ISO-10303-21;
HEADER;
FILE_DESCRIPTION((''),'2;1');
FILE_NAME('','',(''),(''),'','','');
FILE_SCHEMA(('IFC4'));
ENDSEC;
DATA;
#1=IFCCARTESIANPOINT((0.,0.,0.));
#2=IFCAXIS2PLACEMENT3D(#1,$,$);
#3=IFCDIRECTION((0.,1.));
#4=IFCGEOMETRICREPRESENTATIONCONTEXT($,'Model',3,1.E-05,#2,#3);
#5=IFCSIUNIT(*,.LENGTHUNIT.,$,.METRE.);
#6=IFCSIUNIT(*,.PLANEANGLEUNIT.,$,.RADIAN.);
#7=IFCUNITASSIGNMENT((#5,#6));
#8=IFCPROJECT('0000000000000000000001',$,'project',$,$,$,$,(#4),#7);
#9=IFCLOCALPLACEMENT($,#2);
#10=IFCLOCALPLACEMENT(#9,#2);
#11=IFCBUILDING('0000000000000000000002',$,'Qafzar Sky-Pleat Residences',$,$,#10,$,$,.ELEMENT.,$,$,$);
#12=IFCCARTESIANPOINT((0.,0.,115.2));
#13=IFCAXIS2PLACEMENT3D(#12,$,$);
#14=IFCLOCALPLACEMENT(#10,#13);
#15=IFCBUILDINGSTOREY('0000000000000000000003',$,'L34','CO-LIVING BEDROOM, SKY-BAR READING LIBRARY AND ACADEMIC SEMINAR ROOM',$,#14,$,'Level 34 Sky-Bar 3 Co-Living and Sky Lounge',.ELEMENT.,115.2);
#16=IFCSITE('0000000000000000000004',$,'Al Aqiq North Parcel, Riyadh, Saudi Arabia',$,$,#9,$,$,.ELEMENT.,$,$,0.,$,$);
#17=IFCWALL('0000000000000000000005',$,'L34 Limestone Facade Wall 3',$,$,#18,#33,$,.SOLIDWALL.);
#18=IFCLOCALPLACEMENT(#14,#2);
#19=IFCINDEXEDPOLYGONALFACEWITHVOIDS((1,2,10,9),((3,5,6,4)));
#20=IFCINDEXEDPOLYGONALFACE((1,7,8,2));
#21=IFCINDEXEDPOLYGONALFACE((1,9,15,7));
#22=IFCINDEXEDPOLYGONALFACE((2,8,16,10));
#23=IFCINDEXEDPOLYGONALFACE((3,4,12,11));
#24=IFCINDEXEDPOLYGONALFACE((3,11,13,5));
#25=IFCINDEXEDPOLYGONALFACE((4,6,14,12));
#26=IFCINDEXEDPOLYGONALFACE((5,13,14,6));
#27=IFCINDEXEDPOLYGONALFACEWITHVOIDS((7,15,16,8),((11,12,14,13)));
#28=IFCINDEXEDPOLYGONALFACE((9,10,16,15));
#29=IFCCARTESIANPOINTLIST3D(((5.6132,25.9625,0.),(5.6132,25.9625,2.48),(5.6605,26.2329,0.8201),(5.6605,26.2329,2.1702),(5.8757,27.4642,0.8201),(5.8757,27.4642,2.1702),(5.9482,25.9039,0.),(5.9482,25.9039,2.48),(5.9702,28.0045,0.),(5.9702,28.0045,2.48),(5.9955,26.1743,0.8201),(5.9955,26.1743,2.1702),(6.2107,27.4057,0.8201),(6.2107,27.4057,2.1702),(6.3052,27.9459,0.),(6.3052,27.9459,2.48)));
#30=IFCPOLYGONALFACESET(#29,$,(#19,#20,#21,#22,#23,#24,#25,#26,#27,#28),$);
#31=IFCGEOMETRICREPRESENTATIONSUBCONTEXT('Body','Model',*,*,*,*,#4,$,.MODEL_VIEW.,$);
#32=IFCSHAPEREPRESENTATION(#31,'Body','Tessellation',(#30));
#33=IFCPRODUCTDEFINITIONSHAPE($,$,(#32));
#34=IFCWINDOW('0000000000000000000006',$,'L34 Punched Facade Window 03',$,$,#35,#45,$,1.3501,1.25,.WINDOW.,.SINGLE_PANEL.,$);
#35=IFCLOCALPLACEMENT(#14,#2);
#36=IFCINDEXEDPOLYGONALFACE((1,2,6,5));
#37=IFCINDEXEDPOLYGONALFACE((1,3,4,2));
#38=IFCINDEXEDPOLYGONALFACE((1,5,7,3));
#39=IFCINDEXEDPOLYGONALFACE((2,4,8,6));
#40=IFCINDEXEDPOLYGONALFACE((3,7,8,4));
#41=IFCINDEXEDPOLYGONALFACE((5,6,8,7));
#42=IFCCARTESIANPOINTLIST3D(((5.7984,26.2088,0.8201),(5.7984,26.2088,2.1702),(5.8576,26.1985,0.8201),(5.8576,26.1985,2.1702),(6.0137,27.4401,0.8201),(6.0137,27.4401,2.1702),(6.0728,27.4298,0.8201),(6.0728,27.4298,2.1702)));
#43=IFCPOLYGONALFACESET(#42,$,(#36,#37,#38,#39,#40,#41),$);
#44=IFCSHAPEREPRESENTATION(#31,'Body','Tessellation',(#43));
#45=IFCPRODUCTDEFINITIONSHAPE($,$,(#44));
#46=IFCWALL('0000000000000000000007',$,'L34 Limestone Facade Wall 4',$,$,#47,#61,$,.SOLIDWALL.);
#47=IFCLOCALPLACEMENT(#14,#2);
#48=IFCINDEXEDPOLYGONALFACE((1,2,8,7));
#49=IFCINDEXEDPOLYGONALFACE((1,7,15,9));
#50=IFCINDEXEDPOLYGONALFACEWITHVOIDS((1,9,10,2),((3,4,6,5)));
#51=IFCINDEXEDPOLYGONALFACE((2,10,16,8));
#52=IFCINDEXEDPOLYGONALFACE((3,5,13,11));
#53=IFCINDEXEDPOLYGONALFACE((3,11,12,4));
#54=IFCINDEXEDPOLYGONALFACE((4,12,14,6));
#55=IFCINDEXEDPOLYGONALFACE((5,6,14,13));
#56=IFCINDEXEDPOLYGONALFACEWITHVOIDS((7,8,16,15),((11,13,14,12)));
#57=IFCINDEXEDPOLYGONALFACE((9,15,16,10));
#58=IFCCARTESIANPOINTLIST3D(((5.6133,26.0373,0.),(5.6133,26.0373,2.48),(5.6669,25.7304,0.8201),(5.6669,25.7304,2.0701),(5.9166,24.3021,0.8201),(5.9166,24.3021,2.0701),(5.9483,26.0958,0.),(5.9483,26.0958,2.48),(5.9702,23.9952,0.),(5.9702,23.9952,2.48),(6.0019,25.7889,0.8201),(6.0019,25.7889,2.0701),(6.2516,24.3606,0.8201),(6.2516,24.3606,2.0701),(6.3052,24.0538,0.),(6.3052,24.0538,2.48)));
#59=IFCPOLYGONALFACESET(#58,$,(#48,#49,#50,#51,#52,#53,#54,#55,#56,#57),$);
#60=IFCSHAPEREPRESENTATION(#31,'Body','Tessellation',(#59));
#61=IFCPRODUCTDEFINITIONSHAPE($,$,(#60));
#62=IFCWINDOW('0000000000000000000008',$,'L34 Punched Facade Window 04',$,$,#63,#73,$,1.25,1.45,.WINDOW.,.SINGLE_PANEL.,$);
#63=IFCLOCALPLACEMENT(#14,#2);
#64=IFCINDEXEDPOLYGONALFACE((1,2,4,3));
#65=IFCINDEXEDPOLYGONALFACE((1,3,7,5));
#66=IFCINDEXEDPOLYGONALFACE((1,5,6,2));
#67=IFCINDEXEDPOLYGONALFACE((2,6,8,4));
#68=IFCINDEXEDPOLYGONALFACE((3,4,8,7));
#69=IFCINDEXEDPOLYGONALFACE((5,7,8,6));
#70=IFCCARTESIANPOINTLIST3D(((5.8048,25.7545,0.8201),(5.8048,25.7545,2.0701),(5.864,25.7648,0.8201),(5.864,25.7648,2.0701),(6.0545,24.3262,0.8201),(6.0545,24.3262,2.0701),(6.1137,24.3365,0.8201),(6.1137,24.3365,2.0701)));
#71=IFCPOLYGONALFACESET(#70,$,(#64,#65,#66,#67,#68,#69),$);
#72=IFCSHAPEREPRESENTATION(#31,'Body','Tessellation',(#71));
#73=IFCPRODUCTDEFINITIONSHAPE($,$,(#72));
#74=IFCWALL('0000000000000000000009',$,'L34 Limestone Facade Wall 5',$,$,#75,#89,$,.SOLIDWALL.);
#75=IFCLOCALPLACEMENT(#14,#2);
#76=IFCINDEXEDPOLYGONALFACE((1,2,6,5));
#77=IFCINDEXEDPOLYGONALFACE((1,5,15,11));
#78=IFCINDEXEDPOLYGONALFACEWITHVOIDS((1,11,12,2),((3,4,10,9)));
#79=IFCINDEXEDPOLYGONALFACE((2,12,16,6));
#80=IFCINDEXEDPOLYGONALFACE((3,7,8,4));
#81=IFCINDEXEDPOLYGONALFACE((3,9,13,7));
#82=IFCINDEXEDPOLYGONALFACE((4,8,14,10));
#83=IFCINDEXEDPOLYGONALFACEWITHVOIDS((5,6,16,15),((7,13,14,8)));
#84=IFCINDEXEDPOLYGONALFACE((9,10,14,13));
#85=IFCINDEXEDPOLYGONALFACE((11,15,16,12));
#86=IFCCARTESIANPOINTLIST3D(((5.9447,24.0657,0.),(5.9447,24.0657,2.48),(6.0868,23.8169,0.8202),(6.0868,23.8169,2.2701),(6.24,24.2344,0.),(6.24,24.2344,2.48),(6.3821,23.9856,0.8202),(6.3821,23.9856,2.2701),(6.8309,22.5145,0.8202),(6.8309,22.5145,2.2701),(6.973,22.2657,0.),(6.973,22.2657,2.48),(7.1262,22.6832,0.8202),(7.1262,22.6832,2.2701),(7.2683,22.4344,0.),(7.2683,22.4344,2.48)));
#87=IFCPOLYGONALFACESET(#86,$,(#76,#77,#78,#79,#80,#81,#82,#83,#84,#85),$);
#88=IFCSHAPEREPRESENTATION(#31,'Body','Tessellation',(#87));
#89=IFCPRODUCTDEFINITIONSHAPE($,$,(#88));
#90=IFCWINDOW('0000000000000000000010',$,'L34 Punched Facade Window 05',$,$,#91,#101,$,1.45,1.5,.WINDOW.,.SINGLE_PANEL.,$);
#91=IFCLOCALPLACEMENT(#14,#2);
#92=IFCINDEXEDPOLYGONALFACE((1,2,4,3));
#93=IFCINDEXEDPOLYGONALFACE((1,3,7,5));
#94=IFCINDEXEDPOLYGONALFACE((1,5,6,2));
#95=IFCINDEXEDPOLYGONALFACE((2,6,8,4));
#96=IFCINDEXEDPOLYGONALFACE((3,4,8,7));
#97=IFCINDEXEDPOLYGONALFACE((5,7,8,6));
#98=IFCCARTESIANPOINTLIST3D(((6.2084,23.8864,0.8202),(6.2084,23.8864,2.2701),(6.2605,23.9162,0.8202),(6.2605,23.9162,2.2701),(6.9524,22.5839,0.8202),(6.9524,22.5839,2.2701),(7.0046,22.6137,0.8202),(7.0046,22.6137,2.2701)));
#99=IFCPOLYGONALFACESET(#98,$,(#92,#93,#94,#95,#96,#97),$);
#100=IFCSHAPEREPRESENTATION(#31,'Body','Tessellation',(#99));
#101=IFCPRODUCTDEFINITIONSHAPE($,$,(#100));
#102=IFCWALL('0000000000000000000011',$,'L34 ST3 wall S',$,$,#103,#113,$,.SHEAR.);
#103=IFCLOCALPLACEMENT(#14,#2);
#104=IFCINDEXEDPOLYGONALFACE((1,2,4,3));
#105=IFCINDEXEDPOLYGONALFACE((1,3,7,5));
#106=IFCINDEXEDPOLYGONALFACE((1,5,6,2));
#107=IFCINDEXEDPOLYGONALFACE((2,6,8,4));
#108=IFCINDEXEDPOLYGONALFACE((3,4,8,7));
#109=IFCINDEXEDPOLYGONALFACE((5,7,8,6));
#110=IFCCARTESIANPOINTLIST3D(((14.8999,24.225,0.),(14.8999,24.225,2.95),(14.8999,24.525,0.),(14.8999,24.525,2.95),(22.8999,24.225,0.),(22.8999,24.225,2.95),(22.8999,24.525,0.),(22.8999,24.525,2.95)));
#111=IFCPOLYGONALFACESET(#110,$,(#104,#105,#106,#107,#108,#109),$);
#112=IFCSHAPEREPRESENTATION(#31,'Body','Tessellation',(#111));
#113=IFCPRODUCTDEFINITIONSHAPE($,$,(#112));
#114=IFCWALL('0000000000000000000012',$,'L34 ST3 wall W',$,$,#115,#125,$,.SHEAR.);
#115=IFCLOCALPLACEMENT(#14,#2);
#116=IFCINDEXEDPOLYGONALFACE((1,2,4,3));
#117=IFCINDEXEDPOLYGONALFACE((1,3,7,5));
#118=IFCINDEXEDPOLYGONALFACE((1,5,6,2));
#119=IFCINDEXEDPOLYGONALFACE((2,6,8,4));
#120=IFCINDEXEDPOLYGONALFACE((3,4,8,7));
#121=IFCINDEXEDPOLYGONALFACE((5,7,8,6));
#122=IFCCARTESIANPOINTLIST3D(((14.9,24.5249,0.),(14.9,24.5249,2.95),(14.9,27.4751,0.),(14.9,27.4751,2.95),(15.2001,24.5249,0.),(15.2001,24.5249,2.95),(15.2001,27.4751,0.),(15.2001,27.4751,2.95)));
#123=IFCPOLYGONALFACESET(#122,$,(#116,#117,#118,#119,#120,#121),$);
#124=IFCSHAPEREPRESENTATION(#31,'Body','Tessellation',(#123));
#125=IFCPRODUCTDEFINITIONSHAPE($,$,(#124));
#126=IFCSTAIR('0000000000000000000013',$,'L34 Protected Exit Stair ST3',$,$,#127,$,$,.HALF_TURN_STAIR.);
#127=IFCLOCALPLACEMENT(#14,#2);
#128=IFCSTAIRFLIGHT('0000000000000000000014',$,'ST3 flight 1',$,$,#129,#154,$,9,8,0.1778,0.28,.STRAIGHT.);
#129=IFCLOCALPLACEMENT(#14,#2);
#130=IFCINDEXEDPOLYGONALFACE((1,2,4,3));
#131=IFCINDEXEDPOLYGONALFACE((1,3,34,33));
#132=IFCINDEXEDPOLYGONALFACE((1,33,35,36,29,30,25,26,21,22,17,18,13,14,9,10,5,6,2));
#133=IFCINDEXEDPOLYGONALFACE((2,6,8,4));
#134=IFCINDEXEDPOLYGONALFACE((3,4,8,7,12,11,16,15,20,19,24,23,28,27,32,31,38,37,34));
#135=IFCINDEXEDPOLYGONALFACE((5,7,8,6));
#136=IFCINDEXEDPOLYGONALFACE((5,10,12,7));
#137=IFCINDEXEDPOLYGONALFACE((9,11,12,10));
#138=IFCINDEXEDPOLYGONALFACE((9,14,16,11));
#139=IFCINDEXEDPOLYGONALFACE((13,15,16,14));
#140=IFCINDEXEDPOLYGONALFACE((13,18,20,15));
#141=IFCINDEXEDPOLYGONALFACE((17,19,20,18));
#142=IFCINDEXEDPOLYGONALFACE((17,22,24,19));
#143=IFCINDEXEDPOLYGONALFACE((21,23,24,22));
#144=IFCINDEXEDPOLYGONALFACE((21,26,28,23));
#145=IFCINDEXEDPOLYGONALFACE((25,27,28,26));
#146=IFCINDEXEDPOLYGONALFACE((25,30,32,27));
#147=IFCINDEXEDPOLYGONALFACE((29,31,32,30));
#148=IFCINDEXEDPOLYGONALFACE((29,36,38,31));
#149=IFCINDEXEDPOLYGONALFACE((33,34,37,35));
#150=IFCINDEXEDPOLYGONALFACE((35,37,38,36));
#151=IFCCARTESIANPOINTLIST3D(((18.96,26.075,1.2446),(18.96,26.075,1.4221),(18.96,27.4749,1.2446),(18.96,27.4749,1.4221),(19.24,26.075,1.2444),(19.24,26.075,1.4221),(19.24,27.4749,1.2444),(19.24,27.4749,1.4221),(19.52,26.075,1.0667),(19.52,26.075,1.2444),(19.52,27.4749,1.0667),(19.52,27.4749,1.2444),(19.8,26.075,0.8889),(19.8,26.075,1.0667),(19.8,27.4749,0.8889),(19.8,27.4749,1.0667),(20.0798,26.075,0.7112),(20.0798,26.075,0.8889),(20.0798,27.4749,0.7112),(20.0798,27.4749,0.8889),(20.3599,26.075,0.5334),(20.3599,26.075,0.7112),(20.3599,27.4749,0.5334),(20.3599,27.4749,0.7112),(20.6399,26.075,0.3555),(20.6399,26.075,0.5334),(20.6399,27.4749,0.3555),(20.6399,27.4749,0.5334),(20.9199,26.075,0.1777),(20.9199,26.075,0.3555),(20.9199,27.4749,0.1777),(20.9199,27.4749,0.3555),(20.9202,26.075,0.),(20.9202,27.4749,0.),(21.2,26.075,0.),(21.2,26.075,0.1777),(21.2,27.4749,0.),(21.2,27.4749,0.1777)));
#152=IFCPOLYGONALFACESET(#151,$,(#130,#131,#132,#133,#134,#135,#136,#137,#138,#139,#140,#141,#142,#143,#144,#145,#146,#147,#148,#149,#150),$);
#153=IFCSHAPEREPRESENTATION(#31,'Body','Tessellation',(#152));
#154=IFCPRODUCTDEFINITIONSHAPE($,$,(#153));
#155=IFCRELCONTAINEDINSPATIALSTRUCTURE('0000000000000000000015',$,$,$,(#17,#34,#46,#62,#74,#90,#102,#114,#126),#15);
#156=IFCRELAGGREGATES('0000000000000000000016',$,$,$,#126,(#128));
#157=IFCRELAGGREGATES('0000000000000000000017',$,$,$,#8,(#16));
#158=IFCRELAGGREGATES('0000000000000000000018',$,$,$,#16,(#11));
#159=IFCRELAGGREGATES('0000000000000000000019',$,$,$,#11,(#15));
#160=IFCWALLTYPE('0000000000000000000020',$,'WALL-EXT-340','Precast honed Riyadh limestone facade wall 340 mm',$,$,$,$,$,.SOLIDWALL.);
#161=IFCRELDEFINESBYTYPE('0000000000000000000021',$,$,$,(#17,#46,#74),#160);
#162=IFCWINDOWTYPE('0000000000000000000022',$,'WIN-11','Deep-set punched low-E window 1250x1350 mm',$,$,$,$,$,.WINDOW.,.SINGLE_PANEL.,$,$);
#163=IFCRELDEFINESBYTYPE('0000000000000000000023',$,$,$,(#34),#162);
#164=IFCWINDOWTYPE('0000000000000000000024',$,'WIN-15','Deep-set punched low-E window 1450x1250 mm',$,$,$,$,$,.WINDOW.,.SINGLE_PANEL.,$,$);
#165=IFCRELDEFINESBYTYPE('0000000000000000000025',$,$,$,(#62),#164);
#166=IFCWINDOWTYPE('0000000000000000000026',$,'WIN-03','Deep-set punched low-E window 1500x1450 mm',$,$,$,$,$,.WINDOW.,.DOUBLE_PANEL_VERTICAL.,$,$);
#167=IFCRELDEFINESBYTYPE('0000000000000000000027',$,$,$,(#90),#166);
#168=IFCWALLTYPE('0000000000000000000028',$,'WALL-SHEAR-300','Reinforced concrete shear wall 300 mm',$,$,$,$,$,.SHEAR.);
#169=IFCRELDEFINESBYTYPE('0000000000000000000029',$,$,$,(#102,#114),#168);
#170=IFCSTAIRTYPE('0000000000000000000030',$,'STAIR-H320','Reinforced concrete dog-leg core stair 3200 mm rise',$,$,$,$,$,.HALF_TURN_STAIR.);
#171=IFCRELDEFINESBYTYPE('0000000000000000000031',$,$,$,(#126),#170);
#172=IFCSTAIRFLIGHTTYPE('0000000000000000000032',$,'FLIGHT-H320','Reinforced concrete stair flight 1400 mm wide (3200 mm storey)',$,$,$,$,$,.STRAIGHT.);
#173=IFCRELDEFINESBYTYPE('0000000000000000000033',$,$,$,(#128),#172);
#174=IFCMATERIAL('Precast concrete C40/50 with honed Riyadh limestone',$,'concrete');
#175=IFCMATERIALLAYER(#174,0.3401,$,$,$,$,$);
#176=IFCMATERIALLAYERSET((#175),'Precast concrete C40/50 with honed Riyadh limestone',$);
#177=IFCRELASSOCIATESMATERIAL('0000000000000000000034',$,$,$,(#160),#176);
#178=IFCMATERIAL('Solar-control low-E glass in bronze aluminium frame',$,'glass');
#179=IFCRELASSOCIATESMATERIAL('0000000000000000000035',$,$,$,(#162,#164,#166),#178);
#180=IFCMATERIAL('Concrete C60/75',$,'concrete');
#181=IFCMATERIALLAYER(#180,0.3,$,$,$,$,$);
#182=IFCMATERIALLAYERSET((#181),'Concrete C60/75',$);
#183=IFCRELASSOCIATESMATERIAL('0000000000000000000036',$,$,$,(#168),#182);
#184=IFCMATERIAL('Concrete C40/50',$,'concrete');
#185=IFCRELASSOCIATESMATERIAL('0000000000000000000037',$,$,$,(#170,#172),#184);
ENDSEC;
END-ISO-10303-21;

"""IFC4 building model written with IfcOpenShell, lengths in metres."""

from ifc_helpers import new_model, si_unit, direction, frame, frame_2d, origin, place, context, subcontext, project, spatial, polyline, rectangle, outline, extrude, source, transform, mapped, material, layer, layer_set, type_object, element, fill, aggregate, save


model = new_model("IFC4")

# Units and contexts
model_context = context("Model", 3, precision=1e-05, world=origin(), true_north=direction((0.0, 1.0)))
body_context = subcontext(model_context, "Body", "Model", "MODEL_VIEW")
ifc_project = project(units=[si_unit("LENGTHUNIT", "METRE"), si_unit("PLANEANGLEUNIT", "RADIAN")], contexts=[model_context])

# Site, building, storey
site_placement = place(None, origin())
site = spatial("IfcSite", under=ifc_project, at=site_placement, Name="Al Aqiq North Parcel, Riyadh, Saudi Arabia", CompositionType="ELEMENT", RefElevation=0.0)
building_placement = place(site_placement, origin())
building = spatial("IfcBuilding", under=site, at=building_placement, Name="Qafzar Sky-Pleat Residences", CompositionType="ELEMENT")
storey_placement = place(building_placement, frame((0.0, 0.0, 115.2)))
storey = spatial("IfcBuildingStorey", under=building, at=storey_placement, Name="L34", Description="CO-LIVING BEDROOM, SKY-BAR READING LIBRARY AND ACADEMIC SEMINAR ROOM", LongName="Level 34 Sky-Bar 3 Co-Living and Sky Lounge", CompositionType="ELEMENT", Elevation=115.2)

# Walls, openings, windows
ifc_material_1 = material(Name="Precast concrete C40/50 with honed Riyadh limestone", Category="concrete")
ifc_layer_1 = layer(ifc_material_1, 0.3401)
ifc_layer_set_1 = layer_set([ifc_layer_1], Name="Precast concrete C40/50 with honed Riyadh limestone")
wall_type_1 = type_object("IfcWallType", Name="WALL-EXT-340", Description="Precast honed Riyadh limestone facade wall 340 mm", PredefinedType="SOLIDWALL", material=ifc_layer_set_1)
ifc_material_2 = material(Name="Solar-control low-E glass in bronze aluminium frame", Category="glass")
wall_1_placement = place(storey_placement, frame((6.1377, 27.9753, 0.0), z_axis=(0.0, 0.0, 1.0), x_axis=(-0.172186, -0.985064, 0.0)))
wall_1 = element("IfcWall", 1, at=wall_1_placement, inside=storey, type_object=wall_type_1, Name="L34 Limestone Facade Wall 3", PredefinedType="SOLIDWALL", context=body_context, shape_type="SweptSolid", body=[
    extrude(rectangle(XDim=2.073, YDim=0.3401, at=frame_2d((1.0366, 0.0))), origin(), (0.0, 0.0, 1.0), 2.48),
])
opening_1_placement = place(wall_1_placement, frame((0.5486, 0.0, 0.8201)))
opening_1 = element("IfcOpeningElement", 2, at=opening_1_placement, cuts=wall_1, PredefinedType="OPENING", context=body_context, shape_type="SweptSolid", body=[
    extrude(rectangle(XDim=1.25, YDim=1.3501, at=frame_2d((0.625, 0.675))), frame((0.0, 0.1802, 0.0), z_axis=(0.0, -1.0, 0.0), x_axis=(1.0, 0.0, 0.0)), (0.0, 0.0, 1.0), 0.3601),
])
window_type_1 = type_object("IfcWindowType", Name="WIN-11", Description="Deep-set punched low-E window 1250x1350 mm", PartitioningType="SINGLE_PANEL", PredefinedType="WINDOW", material=ifc_material_2)
shared_shape_1 = source(origin(), body_context, "Body", "SweptSolid", [
    extrude(rectangle(XDim=1.25, YDim=1.3501, at=frame_2d((0.625, 0.675))), frame((0.0, 0.03, 0.0), z_axis=(0.0, -1.0, 0.0), x_axis=(1.0, 0.0, 0.0)), (0.0, 0.0, 1.0), 0.0601),
])
window_1_placement = place(opening_1_placement, origin())
window_1 = element("IfcWindow", 3, at=window_1_placement, inside=storey, type_object=window_type_1, Name="L34 Punched Facade Window 03", OverallHeight=1.3501, OverallWidth=1.25, PartitioningType="SINGLE_PANEL", PredefinedType="WINDOW", context=body_context, shape_type="MappedRepresentation", body=[
    mapped(shared_shape_1, transform((0.0, 0.0, 0.0), x_axis=(1.0, 0.0, 0.0), y_axis=(0.0, 1.0, 0.0), z_axis=(0.0, 0.0, 1.0), scale=1.0)),
])
fill(opening_1, window_1)
wall_2_placement = place(storey_placement, frame((5.7808, 26.0667, 0.0), z_axis=(0.0, 0.0, 1.0), x_axis=(0.172186, -0.985064, 0.0)))
wall_2 = element("IfcWall", 4, at=wall_2_placement, inside=storey, type_object=wall_type_1, Name="L34 Limestone Facade Wall 4", PredefinedType="SOLIDWALL", context=body_context, shape_type="SweptSolid", body=[
    extrude(rectangle(XDim=2.073, YDim=0.3401, at=frame_2d((1.0366, 0.0))), origin(), (0.0, 0.0, 1.0), 2.48),
])
opening_2_placement = place(wall_2_placement, frame((0.3115, 0.0, 0.8201)))
opening_2 = element("IfcOpeningElement", 5, at=opening_2_placement, cuts=wall_2, PredefinedType="OPENING", context=body_context, shape_type="SweptSolid", body=[
    extrude(rectangle(XDim=1.45, YDim=1.25, at=frame_2d((0.7251, 0.625))), frame((0.0, 0.1802, 0.0), z_axis=(0.0, -1.0, 0.0), x_axis=(1.0, 0.0, 0.0)), (0.0, 0.0, 1.0), 0.3601),
])
window_type_2 = type_object("IfcWindowType", Name="WIN-15", Description="Deep-set punched low-E window 1450x1250 mm", PartitioningType="SINGLE_PANEL", PredefinedType="WINDOW", material=ifc_material_2)
shared_shape_2 = source(origin(), body_context, "Body", "SweptSolid", [
    extrude(rectangle(XDim=1.45, YDim=1.25, at=frame_2d((0.7251, 0.625))), frame((0.0, 0.03, 0.0), z_axis=(0.0, -1.0, 0.0), x_axis=(1.0, 0.0, 0.0)), (0.0, 0.0, 1.0), 0.0601),
])
window_2_placement = place(opening_2_placement, origin())
window_2 = element("IfcWindow", 6, at=window_2_placement, inside=storey, type_object=window_type_2, Name="L34 Punched Facade Window 04", OverallHeight=1.25, OverallWidth=1.45, PartitioningType="SINGLE_PANEL", PredefinedType="WINDOW", context=body_context, shape_type="MappedRepresentation", body=[
    mapped(shared_shape_2, transform((0.0, 0.0, 0.0), x_axis=(1.0, 0.0, 0.0), y_axis=(0.0, 1.0, 0.0), z_axis=(0.0, 0.0, 1.0), scale=1.0)),
])
fill(opening_2, window_2)
wall_3_placement = place(storey_placement, frame((6.0923, 24.1501, 0.0), z_axis=(0.0, 0.0, 1.0), x_axis=(0.496037, -0.868301, 0.0)))
wall_3 = element("IfcWall", 7, at=wall_3_placement, inside=storey, type_object=wall_type_1, Name="L34 Limestone Facade Wall 5", PredefinedType="SOLIDWALL", context=body_context, shape_type="SweptSolid", body=[
    extrude(rectangle(XDim=2.073, YDim=0.3401, at=frame_2d((1.0366, 0.0))), origin(), (0.0, 0.0, 1.0), 2.48),
])
opening_3_placement = place(wall_3_placement, frame((0.2866, 0.0, 0.8201)))
opening_3 = element("IfcOpeningElement", 8, at=opening_3_placement, cuts=wall_3, PredefinedType="OPENING", context=body_context, shape_type="SweptSolid", body=[
    extrude(rectangle(XDim=1.5, YDim=1.45, at=frame_2d((0.75, 0.7251))), frame((0.0, 0.1802, 0.0), z_axis=(0.0, -1.0, 0.0), x_axis=(1.0, 0.0, 0.0)), (0.0, 0.0, 1.0), 0.3601),
])
window_type_3 = type_object("IfcWindowType", Name="WIN-03", Description="Deep-set punched low-E window 1500x1450 mm", PartitioningType="DOUBLE_PANEL_VERTICAL", PredefinedType="WINDOW", material=ifc_material_2)
shared_shape_3 = source(origin(), body_context, "Body", "SweptSolid", [
    extrude(rectangle(XDim=1.5, YDim=1.45, at=frame_2d((0.75, 0.7251))), frame((0.0, 0.03, 0.0), z_axis=(0.0, -1.0, 0.0), x_axis=(1.0, 0.0, 0.0)), (0.0, 0.0, 1.0), 0.0601),
])
window_3_placement = place(opening_3_placement, origin())
window_3 = element("IfcWindow", 9, at=window_3_placement, inside=storey, type_object=window_type_3, Name="L34 Punched Facade Window 05", OverallHeight=1.45, OverallWidth=1.5, PartitioningType="SINGLE_PANEL", PredefinedType="WINDOW", context=body_context, shape_type="MappedRepresentation", body=[
    mapped(shared_shape_3, transform((0.0, 0.0, 0.0), x_axis=(1.0, 0.0, 0.0), y_axis=(0.0, 1.0, 0.0), z_axis=(0.0, 0.0, 1.0), scale=1.0)),
])
fill(opening_3, window_3)

# Walls
ifc_material_3 = material(Name="Concrete C60/75", Category="concrete")
ifc_layer_2 = layer(ifc_material_3, 0.3)
ifc_layer_set_2 = layer_set([ifc_layer_2], Name="Concrete C60/75")
wall_type_2 = type_object("IfcWallType", Name="WALL-SHEAR-300", Description="Reinforced concrete shear wall 300 mm", PredefinedType="SHEAR", material=ifc_layer_set_2)
wall_4_placement = place(storey_placement, frame((14.8999, 24.375, 0.0), z_axis=(0.0, 0.0, 1.0), x_axis=(1.0, 0.0, 0.0)))
element("IfcWall", 10, at=wall_4_placement, inside=storey, type_object=wall_type_2, Name="L34 ST3 wall S", PredefinedType="SHEAR", context=body_context, shape_type="SweptSolid", body=[
    extrude(rectangle(XDim=8.0, YDim=0.3, at=frame_2d((4.0, 0.0))), origin(), (0.0, 0.0, 1.0), 2.95),
])
wall_5_placement = place(storey_placement, frame((15.05, 27.4751, 0.0), z_axis=(0.0, 0.0, 1.0), x_axis=(0.0, -1.0, 0.0)))
element("IfcWall", 11, at=wall_5_placement, inside=storey, type_object=wall_type_2, Name="L34 ST3 wall W", PredefinedType="SHEAR", context=body_context, shape_type="SweptSolid", body=[
    extrude(rectangle(XDim=2.9502, YDim=0.3, at=frame_2d((1.4751, 0.0))), origin(), (0.0, 0.0, 1.0), 2.95),
])

# Stair, stair flight
ifc_material_4 = material(Name="Concrete C40/50", Category="concrete")
stair_type = type_object("IfcStairType", Name="STAIR-H320", Description="Reinforced concrete dog-leg core stair 3200 mm rise", PredefinedType="HALF_TURN_STAIR", material=ifc_material_4)
stair_placement = place(storey_placement, origin())
stair = element("IfcStair", 12, at=stair_placement, inside=storey, type_object=stair_type, Name="L34 Protected Exit Stair ST3", PredefinedType="HALF_TURN_STAIR")
stair_flight_type = type_object("IfcStairFlightType", Name="FLIGHT-H320", Description="Reinforced concrete stair flight 1400 mm wide (3200 mm storey)", PredefinedType="STRAIGHT", material=ifc_material_4)
shared_shape_4 = source(origin(), body_context, "Body", "SweptSolid", [
    extrude(outline(polyline([(0.0, 0.0), (0.0, 0.1777), (0.28, 0.1777), (0.28, 0.3555), (0.5601, 0.3555), (0.5601, 0.5334), (0.8401, 0.5334), (0.8401, 0.7112), (1.1201, 0.7112), (1.1201, 0.8889), (1.3999, 0.8889), (1.3999, 1.0667), (1.6799, 1.0667), (1.6799, 1.2444), (1.96, 1.2444), (1.96, 1.4221), (2.24, 1.4221), (2.24, 1.6001), (2.24, 1.2446), (0.2798, 0.0), (0.0, 0.0)])), frame((0.0, 0.7, 0.0), z_axis=(0.0, -1.0, 0.0), x_axis=(1.0, 0.0, 0.0)), (0.0, 0.0, 1.0), 1.3999),
])
stair_flight_1_placement = place(storey_placement, frame((21.2, 26.7749, 0.0), z_axis=(0.0, 0.0, 1.0), x_axis=(-1.0, 0.0, 0.0)))
stair_flight_1 = element("IfcStairFlight", 13, at=stair_flight_1_placement, type_object=stair_flight_type, Name="ST3 flight 1", NumberOfRisers=9, NumberOfTreads=8, PredefinedType="STRAIGHT", RiserHeight=0.1778, TreadLength=0.28, context=body_context, shape_type="MappedRepresentation", body=[
    mapped(shared_shape_4, transform((0.0, 0.0, 0.0), x_axis=(1.0, 0.0, 0.0), y_axis=(0.0, 1.0, 0.0), z_axis=(0.0, 0.0, 1.0), scale=1.0)),
])
aggregate(stair, [stair_flight_1])

save(model, "model.ifc")
